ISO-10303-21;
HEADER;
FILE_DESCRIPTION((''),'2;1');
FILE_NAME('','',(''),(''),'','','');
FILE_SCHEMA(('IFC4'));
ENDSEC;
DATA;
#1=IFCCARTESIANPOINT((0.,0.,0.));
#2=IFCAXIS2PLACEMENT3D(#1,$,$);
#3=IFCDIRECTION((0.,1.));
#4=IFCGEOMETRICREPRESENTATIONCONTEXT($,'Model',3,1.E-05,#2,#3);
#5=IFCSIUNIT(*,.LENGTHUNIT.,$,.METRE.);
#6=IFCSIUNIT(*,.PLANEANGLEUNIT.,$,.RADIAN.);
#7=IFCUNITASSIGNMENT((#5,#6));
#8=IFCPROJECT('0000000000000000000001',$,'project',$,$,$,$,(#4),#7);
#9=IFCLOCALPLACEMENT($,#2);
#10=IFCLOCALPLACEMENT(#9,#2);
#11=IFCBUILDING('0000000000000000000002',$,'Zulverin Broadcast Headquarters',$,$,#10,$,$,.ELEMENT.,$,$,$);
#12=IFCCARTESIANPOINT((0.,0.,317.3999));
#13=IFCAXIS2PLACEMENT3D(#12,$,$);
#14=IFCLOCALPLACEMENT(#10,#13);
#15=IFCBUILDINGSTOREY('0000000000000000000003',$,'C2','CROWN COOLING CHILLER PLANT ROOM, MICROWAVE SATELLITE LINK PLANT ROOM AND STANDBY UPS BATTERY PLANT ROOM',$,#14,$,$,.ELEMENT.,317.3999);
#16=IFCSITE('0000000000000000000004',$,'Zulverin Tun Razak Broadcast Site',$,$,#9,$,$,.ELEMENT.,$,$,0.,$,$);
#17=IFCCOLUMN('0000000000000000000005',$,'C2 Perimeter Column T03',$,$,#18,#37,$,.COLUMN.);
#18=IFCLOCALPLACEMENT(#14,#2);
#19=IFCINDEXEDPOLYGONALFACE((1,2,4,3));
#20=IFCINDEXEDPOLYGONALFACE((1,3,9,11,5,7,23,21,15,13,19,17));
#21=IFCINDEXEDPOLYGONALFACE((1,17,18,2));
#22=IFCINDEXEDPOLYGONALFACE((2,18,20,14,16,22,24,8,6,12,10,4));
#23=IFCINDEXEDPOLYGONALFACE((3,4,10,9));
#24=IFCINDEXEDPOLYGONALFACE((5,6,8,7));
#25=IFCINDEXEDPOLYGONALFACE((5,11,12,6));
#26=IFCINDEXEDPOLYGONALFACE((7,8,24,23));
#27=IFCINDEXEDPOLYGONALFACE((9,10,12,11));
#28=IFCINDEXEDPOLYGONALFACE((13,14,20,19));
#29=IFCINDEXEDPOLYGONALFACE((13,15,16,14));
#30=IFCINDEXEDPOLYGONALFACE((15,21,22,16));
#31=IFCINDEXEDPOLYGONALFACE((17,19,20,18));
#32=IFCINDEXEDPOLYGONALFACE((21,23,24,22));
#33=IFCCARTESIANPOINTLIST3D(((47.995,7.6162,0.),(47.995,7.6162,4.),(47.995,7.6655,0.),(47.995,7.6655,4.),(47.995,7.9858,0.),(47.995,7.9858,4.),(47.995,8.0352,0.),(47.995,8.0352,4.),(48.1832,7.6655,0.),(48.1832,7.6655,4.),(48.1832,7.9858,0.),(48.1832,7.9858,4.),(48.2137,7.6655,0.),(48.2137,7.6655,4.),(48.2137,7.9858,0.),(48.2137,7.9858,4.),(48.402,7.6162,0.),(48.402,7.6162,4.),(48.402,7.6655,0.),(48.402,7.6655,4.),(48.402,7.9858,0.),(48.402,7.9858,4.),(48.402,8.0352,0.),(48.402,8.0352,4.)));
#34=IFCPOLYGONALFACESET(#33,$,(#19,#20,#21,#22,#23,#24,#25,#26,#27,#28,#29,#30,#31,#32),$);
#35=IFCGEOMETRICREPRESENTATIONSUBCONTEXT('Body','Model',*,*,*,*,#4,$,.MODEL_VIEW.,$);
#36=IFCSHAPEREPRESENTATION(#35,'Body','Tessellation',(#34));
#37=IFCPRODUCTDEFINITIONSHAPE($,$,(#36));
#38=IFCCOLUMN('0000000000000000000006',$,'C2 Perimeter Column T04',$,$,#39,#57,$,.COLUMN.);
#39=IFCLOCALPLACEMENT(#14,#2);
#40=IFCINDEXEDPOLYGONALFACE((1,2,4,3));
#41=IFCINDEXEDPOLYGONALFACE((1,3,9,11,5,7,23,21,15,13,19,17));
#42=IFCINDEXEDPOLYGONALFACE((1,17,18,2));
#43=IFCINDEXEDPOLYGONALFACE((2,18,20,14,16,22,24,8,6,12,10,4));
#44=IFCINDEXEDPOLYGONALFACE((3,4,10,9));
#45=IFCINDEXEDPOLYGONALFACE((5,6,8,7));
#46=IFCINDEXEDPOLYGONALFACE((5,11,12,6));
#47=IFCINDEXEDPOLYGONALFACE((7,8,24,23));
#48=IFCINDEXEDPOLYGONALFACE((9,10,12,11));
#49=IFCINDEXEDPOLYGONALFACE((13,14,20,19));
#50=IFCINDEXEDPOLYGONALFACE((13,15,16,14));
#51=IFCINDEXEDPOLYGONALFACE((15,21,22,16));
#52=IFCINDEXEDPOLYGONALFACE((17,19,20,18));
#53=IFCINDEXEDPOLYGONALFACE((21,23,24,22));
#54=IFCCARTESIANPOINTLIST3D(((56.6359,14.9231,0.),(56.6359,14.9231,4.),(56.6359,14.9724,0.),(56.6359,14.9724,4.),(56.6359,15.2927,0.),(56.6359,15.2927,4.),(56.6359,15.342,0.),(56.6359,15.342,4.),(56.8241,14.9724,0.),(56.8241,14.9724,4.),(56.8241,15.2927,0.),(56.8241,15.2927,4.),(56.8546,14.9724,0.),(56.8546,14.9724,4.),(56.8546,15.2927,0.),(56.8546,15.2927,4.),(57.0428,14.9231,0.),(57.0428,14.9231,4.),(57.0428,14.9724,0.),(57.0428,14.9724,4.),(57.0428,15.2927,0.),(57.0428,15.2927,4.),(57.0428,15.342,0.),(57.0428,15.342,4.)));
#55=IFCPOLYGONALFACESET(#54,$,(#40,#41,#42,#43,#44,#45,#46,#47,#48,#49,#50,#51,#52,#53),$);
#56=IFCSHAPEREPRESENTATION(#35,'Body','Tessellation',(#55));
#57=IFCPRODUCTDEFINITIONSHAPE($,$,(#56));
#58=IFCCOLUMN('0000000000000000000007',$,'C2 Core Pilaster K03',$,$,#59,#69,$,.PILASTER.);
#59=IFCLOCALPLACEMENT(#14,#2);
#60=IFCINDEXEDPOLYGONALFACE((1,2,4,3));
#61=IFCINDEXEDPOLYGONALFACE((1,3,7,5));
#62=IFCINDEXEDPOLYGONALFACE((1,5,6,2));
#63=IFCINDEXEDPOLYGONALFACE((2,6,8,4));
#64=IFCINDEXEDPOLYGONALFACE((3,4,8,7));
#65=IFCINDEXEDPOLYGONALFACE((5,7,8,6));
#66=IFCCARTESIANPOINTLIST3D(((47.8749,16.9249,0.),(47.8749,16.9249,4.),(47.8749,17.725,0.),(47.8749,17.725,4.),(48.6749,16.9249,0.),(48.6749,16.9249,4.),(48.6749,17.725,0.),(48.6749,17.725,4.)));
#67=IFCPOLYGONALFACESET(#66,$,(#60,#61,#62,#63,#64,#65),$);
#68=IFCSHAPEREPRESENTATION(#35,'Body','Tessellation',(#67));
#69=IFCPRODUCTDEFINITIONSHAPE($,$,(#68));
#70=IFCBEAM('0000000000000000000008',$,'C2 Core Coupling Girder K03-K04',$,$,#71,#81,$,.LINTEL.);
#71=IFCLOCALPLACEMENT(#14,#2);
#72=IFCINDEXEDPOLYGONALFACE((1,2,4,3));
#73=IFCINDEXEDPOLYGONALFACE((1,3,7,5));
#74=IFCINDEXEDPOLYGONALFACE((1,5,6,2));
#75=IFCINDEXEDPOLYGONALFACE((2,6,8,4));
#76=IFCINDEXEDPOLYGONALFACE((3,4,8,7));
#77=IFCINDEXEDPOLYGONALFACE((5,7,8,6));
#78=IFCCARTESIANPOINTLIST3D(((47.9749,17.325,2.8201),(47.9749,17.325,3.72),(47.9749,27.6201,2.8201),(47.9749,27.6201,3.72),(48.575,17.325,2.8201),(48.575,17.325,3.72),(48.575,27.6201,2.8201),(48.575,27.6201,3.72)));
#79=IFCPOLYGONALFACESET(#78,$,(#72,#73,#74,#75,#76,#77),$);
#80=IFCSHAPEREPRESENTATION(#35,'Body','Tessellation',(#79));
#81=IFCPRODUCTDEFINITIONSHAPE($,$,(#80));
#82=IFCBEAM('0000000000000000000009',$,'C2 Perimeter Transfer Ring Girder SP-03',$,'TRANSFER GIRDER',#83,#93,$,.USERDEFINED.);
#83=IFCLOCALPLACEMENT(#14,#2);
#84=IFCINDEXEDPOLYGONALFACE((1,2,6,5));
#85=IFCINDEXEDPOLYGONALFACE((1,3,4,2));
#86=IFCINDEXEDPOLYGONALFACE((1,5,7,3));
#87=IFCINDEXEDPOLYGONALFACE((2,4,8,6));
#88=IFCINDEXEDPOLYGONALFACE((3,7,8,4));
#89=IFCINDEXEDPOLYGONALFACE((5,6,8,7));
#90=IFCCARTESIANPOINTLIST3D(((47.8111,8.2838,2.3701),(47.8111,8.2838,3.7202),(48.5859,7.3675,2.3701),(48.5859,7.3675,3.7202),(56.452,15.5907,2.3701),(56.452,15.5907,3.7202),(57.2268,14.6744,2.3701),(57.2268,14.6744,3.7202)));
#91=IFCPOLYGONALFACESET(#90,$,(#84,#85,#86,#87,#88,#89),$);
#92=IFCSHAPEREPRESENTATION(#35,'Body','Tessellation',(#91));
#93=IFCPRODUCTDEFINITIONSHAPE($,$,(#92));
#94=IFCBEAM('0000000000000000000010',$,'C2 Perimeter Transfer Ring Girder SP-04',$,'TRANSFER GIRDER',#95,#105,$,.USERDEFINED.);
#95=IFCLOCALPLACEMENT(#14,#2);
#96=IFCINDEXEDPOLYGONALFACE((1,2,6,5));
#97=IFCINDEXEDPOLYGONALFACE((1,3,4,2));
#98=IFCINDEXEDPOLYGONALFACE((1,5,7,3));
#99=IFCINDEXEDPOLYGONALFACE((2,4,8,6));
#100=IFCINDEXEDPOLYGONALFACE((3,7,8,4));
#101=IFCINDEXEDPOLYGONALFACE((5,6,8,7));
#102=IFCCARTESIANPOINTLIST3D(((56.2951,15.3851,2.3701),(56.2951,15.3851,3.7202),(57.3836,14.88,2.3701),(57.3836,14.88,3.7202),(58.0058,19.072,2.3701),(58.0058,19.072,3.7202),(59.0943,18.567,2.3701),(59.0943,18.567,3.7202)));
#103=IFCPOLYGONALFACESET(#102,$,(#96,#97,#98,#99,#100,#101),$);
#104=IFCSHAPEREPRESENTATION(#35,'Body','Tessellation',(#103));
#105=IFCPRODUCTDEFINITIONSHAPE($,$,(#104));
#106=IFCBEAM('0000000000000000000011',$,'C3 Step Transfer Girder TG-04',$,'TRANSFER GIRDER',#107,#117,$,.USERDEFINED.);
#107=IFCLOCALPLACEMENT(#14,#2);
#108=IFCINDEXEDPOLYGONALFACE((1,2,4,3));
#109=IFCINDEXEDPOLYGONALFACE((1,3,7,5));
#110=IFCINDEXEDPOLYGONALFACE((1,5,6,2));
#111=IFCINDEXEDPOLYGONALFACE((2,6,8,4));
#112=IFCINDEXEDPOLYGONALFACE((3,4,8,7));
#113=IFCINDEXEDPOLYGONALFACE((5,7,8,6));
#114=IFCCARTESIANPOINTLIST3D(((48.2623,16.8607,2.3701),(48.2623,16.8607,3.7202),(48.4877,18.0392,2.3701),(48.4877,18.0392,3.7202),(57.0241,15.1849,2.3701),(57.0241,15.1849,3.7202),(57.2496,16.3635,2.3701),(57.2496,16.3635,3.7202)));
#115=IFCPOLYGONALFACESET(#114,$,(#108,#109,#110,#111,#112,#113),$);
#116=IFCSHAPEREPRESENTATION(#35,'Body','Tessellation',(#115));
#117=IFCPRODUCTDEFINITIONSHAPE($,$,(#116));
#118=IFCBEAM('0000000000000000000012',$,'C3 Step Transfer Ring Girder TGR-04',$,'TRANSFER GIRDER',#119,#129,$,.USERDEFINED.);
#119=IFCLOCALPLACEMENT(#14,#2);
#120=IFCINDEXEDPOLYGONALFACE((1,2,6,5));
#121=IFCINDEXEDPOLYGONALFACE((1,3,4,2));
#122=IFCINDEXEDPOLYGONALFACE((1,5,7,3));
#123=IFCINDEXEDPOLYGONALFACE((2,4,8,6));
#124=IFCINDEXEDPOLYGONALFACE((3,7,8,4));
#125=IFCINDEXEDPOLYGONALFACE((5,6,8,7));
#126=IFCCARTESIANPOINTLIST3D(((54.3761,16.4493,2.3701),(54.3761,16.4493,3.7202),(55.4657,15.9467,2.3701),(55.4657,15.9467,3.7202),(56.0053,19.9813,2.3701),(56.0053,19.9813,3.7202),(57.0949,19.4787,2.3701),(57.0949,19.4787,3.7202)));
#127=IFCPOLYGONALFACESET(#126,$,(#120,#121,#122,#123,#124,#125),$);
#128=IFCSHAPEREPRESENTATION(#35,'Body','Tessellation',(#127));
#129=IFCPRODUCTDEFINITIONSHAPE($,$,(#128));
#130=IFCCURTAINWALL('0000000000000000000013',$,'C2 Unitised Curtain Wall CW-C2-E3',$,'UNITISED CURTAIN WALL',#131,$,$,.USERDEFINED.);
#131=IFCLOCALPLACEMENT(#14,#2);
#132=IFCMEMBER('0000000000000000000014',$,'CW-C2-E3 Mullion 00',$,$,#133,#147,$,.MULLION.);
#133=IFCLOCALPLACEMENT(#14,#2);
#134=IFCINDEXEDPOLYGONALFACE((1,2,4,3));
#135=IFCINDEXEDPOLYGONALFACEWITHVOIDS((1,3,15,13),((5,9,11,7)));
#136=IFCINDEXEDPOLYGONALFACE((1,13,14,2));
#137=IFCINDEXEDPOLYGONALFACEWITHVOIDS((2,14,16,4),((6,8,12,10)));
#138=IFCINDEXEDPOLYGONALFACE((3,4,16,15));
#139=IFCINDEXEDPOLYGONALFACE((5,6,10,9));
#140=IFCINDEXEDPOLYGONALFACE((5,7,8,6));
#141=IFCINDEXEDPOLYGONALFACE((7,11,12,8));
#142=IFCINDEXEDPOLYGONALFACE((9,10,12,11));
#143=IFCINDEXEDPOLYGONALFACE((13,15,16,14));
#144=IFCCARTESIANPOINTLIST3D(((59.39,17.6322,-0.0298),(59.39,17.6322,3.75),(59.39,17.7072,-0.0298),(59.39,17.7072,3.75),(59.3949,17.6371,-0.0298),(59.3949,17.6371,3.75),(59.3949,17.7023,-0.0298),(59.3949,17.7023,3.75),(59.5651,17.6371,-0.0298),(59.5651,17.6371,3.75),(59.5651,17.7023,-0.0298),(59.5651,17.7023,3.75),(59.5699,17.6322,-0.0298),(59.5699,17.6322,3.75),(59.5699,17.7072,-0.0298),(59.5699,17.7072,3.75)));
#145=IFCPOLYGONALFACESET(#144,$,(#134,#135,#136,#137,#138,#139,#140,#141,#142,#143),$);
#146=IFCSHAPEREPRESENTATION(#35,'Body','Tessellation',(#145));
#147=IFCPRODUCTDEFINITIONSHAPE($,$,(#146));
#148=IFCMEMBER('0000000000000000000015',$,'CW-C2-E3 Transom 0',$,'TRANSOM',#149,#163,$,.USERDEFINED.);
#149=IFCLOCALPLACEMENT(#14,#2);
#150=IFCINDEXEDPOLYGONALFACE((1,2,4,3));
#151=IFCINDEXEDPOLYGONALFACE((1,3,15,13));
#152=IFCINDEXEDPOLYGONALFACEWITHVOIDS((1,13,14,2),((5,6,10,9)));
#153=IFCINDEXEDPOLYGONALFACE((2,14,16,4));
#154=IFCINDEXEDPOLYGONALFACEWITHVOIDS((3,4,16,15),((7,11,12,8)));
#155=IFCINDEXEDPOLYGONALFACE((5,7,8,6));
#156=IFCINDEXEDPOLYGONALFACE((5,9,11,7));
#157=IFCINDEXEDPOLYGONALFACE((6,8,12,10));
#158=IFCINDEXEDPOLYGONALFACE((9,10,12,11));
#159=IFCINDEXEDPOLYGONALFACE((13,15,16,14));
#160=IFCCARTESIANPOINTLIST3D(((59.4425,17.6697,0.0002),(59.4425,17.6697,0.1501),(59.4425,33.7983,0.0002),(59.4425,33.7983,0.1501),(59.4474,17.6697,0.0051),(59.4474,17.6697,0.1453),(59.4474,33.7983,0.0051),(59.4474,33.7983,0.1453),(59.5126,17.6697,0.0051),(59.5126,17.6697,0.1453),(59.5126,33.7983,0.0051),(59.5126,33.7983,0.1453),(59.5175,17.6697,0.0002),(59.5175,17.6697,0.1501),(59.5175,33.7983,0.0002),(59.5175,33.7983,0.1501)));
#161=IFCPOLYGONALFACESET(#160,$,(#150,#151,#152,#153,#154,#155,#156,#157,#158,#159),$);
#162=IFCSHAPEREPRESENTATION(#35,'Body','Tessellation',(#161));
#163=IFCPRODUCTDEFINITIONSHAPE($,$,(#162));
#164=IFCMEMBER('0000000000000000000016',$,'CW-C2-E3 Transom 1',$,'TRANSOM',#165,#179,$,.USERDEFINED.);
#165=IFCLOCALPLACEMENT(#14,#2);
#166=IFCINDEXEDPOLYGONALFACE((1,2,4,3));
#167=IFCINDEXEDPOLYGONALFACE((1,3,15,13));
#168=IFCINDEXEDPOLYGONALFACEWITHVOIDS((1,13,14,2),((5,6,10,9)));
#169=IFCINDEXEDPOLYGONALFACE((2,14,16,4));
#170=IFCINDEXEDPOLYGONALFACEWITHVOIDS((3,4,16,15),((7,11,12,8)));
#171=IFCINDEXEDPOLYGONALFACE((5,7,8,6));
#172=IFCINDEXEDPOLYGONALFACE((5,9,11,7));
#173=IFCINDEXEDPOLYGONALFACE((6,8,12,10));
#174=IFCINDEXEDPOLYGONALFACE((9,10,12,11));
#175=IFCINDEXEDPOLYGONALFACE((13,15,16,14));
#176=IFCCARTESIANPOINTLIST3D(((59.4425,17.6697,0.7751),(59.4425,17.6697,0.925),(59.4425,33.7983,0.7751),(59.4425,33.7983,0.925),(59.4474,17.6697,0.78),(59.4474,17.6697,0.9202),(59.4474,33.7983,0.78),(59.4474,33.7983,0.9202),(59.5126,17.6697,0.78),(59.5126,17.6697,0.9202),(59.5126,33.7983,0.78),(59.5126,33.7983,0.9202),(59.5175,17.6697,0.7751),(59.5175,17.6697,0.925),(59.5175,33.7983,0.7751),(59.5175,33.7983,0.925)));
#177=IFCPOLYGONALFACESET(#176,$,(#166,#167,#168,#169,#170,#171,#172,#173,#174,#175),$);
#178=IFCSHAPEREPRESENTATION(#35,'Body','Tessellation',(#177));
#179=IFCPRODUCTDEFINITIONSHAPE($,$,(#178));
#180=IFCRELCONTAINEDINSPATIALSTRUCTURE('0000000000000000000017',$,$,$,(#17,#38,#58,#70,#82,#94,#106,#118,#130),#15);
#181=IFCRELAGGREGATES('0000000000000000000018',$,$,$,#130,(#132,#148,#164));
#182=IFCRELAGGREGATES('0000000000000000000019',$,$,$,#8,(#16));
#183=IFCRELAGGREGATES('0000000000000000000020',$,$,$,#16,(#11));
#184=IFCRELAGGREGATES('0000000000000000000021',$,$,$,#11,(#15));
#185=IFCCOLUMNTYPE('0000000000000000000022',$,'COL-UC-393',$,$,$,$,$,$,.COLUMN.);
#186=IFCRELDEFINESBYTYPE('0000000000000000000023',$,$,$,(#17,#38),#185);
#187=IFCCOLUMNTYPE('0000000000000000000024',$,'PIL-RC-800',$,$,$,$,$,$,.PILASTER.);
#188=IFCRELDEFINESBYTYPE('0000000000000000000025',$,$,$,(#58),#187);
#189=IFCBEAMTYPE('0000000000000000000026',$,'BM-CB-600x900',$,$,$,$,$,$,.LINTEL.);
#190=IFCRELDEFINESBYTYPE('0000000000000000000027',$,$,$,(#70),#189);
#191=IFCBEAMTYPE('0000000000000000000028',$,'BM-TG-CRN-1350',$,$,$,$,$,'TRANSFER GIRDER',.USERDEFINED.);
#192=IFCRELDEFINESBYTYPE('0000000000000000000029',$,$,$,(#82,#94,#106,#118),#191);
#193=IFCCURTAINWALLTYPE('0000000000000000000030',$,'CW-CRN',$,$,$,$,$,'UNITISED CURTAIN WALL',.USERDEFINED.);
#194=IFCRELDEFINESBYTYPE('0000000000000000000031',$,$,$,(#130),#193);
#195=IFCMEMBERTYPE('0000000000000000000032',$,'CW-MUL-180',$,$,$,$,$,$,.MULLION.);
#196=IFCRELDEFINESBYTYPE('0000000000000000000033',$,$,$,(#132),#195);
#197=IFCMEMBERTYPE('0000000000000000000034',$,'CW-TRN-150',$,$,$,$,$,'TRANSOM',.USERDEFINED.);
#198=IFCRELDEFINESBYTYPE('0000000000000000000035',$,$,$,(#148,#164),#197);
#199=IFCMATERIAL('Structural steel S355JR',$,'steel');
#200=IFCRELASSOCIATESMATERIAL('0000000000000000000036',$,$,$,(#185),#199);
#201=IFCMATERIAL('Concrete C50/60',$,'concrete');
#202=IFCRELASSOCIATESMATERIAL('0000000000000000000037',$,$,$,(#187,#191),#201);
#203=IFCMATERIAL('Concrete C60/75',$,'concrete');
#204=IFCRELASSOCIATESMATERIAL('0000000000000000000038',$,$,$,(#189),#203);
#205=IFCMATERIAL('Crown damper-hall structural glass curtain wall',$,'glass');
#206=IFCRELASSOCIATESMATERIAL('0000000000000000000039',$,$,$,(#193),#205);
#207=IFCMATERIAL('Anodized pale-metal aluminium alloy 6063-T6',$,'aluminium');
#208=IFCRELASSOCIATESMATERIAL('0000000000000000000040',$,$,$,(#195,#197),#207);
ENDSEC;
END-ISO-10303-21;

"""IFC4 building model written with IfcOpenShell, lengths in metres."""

from ifc_helpers import new_model, si_unit, direction, frame, origin, origin_2d, place, context, subcontext, project, spatial, rectangle, hollow_rectangle, i_section, extrude, material, material_profile, profile_set, type_object, element, aggregate, save


model = new_model("IFC4")

# Units and contexts
model_context = context("Model", 3, precision=1e-05, world=origin(), true_north=direction((0.0, 1.0)))
body_context = subcontext(model_context, "Body", "Model", "MODEL_VIEW")
ifc_project = project(units=[si_unit("LENGTHUNIT", "METRE"), si_unit("PLANEANGLEUNIT", "RADIAN")], contexts=[model_context])

# Site, building, storey
site_placement = place(None, origin())
site = spatial("IfcSite", under=ifc_project, at=site_placement, Name="Zulverin Tun Razak Broadcast Site", CompositionType="ELEMENT", RefElevation=0.0)
building_placement = place(site_placement, origin())
building = spatial("IfcBuilding", under=site, at=building_placement, Name="Zulverin Broadcast Headquarters", CompositionType="ELEMENT")
storey_placement = place(building_placement, frame((0.0, 0.0, 317.3999)))
storey = spatial("IfcBuildingStorey", under=building, at=storey_placement, Name="C2", Description="CROWN COOLING CHILLER PLANT ROOM, MICROWAVE SATELLITE LINK PLANT ROOM AND STANDBY UPS BATTERY PLANT ROOM", CompositionType="ELEMENT", Elevation=317.3999)

# Columns
ifc_material_1 = material(Name="Structural steel S355JR", Category="steel")
ifc_material_profile_1 = material_profile(ifc_material_1, i_section(OverallWidth=0.407, OverallDepth=0.4189, WebThickness=0.0305, FlangeThickness=0.0493, at=origin_2d()), Name="Structural steel S355JR", Category="steel")
ifc_profile_set_1 = profile_set([ifc_material_profile_1], Name="Structural steel S355JR")
column_type_1 = type_object("IfcColumnType", Name="COL-UC-393", PredefinedType="COLUMN", material=ifc_profile_set_1)
for number, where, z_axis, x_axis, name in (
    (1, (48.1985, 7.8257, 0.0), (0.0, 0.0, 1.0), (1.0, 0.0, 0.0), "C2 Perimeter Column T03"),
    (2, (56.8394, 15.1326, 0.0), (0.0, 0.0, 1.0), (1.0, 0.0, 0.0), "C2 Perimeter Column T04"),
):
    element("IfcColumn", number, at=place(storey_placement, frame(where, z_axis=z_axis, x_axis=x_axis)), inside=storey, type_object=column_type_1, Name=name, PredefinedType="COLUMN", context=body_context, shape_type="SweptSolid", body=[
        extrude(i_section(OverallWidth=0.407, OverallDepth=0.4189, WebThickness=0.0305, FlangeThickness=0.0493, at=origin_2d()), origin(), (0.0, 0.0, 1.0), 4.0),
    ])
ifc_material_2 = material(Name="Concrete C50/60", Category="concrete")
ifc_material_profile_2 = material_profile(ifc_material_2, rectangle(XDim=0.8, YDim=0.8, at=origin_2d()), Name="Concrete C50/60", Category="concrete")
ifc_profile_set_2 = profile_set([ifc_material_profile_2], Name="Concrete C50/60")
column_type_2 = type_object("IfcColumnType", Name="PIL-RC-800", PredefinedType="PILASTER", material=ifc_profile_set_2)
column_placement = place(storey_placement, frame((48.2749, 17.325, 0.0), z_axis=(0.0, 0.0, 1.0), x_axis=(1.0, 0.0, 0.0)))
element("IfcColumn", 3, at=column_placement, inside=storey, type_object=column_type_2, Name="C2 Core Pilaster K03", PredefinedType="PILASTER", context=body_context, shape_type="SweptSolid", body=[
    extrude(rectangle(XDim=0.8, YDim=0.8, at=origin_2d()), origin(), (0.0, 0.0, 1.0), 4.0),
])

# Beams
ifc_material_3 = material(Name="Concrete C60/75", Category="concrete")
ifc_material_profile_3 = material_profile(ifc_material_3, rectangle(XDim=0.6001, YDim=0.8999, at=origin_2d()), Name="Concrete C60/75", Category="concrete")
ifc_profile_set_3 = profile_set([ifc_material_profile_3], Name="Concrete C60/75")
beam_type_1 = type_object("IfcBeamType", Name="BM-CB-600x900", PredefinedType="LINTEL", material=ifc_profile_set_3)
beam_1_placement = place(storey_placement, frame((48.2749, 17.325, 3.27), z_axis=(0.0, 1.0, 0.0), x_axis=(-1.0, 0.0, 0.0)))
element("IfcBeam", 4, at=beam_1_placement, inside=storey, type_object=beam_type_1, Name="C2 Core Coupling Girder K03-K04", PredefinedType="LINTEL", context=body_context, shape_type="SweptSolid", body=[
    extrude(rectangle(XDim=0.6001, YDim=0.8999, at=origin_2d()), origin(), (0.0, 0.0, 1.0), 10.2952),
])
ifc_material_profile_4 = material_profile(ifc_material_2, rectangle(XDim=1.2, YDim=1.3501, at=origin_2d()), Name="Concrete C50/60", Category="concrete")
ifc_profile_set_4 = profile_set([ifc_material_profile_4], Name="Concrete C50/60")
beam_type_2 = type_object("IfcBeamType", Name="BM-TG-CRN-1350", ElementType="TRANSFER GIRDER", PredefinedType="USERDEFINED", material=ifc_profile_set_4)
beam_2_placement = place(storey_placement, frame((48.1985, 7.8257, 3.0452), z_axis=(0.763588, 0.645704, 0.0), x_axis=(-0.645704, 0.763588, 0.0)))
element("IfcBeam", 5, at=beam_2_placement, inside=storey, type_object=beam_type_2, Name="C2 Perimeter Transfer Ring Girder SP-03", ObjectType="TRANSFER GIRDER", PredefinedType="USERDEFINED", context=body_context, shape_type="SweptSolid", body=[
    extrude(rectangle(XDim=1.2, YDim=1.3501, at=origin_2d()), origin(), (0.0, 0.0, 1.0), 11.3162),
])
beam_3_placement = place(storey_placement, frame((56.8394, 15.1326, 3.0452), z_axis=(0.420882, 0.907115, 0.0), x_axis=(-0.907115, 0.420882, 0.0)))
element("IfcBeam", 6, at=beam_3_placement, inside=storey, type_object=beam_type_2, Name="C2 Perimeter Transfer Ring Girder SP-04", ObjectType="TRANSFER GIRDER", PredefinedType="USERDEFINED", context=body_context, shape_type="SweptSolid", body=[
    extrude(rectangle(XDim=1.2, YDim=1.3501, at=origin_2d()), origin(), (0.0, 0.0, 1.0), 4.0645),
])
beam_4_placement = place(storey_placement, frame((48.375, 17.45, 3.0452), z_axis=(0.982197, -0.187852, 0.0), x_axis=(0.187852, 0.982197, 0.0)))
element("IfcBeam", 7, at=beam_4_placement, inside=storey, type_object=beam_type_2, Name="C3 Step Transfer Girder TG-04", ObjectType="TRANSFER GIRDER", PredefinedType="USERDEFINED", context=body_context, shape_type="SweptSolid", body=[
    extrude(rectangle(XDim=1.2, YDim=1.3501, at=origin_2d()), origin(), (0.0, 0.0, 1.0), 8.9207),
])
beam_5_placement = place(storey_placement, frame((54.9209, 16.198, 3.0452), z_axis=(0.418847, 0.908057, 0.0), x_axis=(-0.908057, 0.418847, 0.0)))
element("IfcBeam", 8, at=beam_5_placement, inside=storey, type_object=beam_type_2, Name="C3 Step Transfer Ring Girder TGR-04", ObjectType="TRANSFER GIRDER", PredefinedType="USERDEFINED", context=body_context, shape_type="SweptSolid", body=[
    extrude(rectangle(XDim=1.2, YDim=1.3501, at=origin_2d()), origin(), (0.0, 0.0, 1.0), 3.8896),
])

# Curtain wall, members
ifc_material_4 = material(Name="Crown damper-hall structural glass curtain wall", Category="glass")
curtain_wall_type = type_object("IfcCurtainWallType", Name="CW-CRN", ElementType="UNITISED CURTAIN WALL", PredefinedType="USERDEFINED", material=ifc_material_4)
curtain_wall_placement = place(storey_placement, origin())
curtain_wall = element("IfcCurtainWall", 9, at=curtain_wall_placement, inside=storey, type_object=curtain_wall_type, Name="C2 Unitised Curtain Wall CW-C2-E3", ObjectType="UNITISED CURTAIN WALL", PredefinedType="USERDEFINED")
ifc_material_5 = material(Name="Anodized pale-metal aluminium alloy 6063-T6", Category="aluminium")
ifc_material_profile_5 = material_profile(ifc_material_5, hollow_rectangle(XDim=0.075, YDim=0.1799, WallThickness=0.0049, at=origin_2d()), Name="Anodized pale-metal aluminium alloy 6063-T6", Category="aluminium")
ifc_profile_set_5 = profile_set([ifc_material_profile_5], Name="Anodized pale-metal aluminium alloy 6063-T6")
member_type_1 = type_object("IfcMemberType", Name="CW-MUL-180", PredefinedType="MULLION", material=ifc_profile_set_5)
member_1_placement = place(storey_placement, frame((59.48, 17.6697, -0.0298), z_axis=(0.0, 0.0, 1.0), x_axis=(0.0, 1.0, 0.0)))
member_1 = element("IfcMember", 10, at=member_1_placement, type_object=member_type_1, Name="CW-C2-E3 Mullion 00", PredefinedType="MULLION", context=body_context, shape_type="SweptSolid", body=[
    extrude(hollow_rectangle(XDim=0.075, YDim=0.1799, WallThickness=0.0049, at=origin_2d()), origin(), (0.0, 0.0, 1.0), 3.7798),
])
ifc_material_profile_6 = material_profile(ifc_material_5, hollow_rectangle(XDim=0.075, YDim=0.1499, WallThickness=0.0049, at=origin_2d()), Name="Anodized pale-metal aluminium alloy 6063-T6", Category="aluminium")
ifc_profile_set_6 = profile_set([ifc_material_profile_6], Name="Anodized pale-metal aluminium alloy 6063-T6")
member_type_2 = type_object("IfcMemberType", Name="CW-TRN-150", ElementType="TRANSOM", PredefinedType="USERDEFINED", material=ifc_profile_set_6)
member_2_placement = place(storey_placement, frame((59.48, 17.6697, 0.0752), z_axis=(0.0, 1.0, 0.0), x_axis=(-1.0, 0.0, 0.0)))
member_2 = element("IfcMember", 11, at=member_2_placement, type_object=member_type_2, Name="CW-C2-E3 Transom 0", ObjectType="TRANSOM", PredefinedType="USERDEFINED", context=body_context, shape_type="SweptSolid", body=[
    extrude(hollow_rectangle(XDim=0.075, YDim=0.1499, WallThickness=0.0049, at=origin_2d()), origin(), (0.0, 0.0, 1.0), 16.1287),
])
member_3_placement = place(storey_placement, frame((59.48, 17.6697, 0.8501), z_axis=(0.0, 1.0, 0.0), x_axis=(-1.0, 0.0, 0.0)))
member_3 = element("IfcMember", 12, at=member_3_placement, type_object=member_type_2, Name="CW-C2-E3 Transom 1", ObjectType="TRANSOM", PredefinedType="USERDEFINED", context=body_context, shape_type="SweptSolid", body=[
    extrude(hollow_rectangle(XDim=0.075, YDim=0.1499, WallThickness=0.0049, at=origin_2d()), origin(), (0.0, 0.0, 1.0), 16.1287),
])
aggregate(curtain_wall, [member_1, member_2, member_3])

save(model, "model.ifc")
